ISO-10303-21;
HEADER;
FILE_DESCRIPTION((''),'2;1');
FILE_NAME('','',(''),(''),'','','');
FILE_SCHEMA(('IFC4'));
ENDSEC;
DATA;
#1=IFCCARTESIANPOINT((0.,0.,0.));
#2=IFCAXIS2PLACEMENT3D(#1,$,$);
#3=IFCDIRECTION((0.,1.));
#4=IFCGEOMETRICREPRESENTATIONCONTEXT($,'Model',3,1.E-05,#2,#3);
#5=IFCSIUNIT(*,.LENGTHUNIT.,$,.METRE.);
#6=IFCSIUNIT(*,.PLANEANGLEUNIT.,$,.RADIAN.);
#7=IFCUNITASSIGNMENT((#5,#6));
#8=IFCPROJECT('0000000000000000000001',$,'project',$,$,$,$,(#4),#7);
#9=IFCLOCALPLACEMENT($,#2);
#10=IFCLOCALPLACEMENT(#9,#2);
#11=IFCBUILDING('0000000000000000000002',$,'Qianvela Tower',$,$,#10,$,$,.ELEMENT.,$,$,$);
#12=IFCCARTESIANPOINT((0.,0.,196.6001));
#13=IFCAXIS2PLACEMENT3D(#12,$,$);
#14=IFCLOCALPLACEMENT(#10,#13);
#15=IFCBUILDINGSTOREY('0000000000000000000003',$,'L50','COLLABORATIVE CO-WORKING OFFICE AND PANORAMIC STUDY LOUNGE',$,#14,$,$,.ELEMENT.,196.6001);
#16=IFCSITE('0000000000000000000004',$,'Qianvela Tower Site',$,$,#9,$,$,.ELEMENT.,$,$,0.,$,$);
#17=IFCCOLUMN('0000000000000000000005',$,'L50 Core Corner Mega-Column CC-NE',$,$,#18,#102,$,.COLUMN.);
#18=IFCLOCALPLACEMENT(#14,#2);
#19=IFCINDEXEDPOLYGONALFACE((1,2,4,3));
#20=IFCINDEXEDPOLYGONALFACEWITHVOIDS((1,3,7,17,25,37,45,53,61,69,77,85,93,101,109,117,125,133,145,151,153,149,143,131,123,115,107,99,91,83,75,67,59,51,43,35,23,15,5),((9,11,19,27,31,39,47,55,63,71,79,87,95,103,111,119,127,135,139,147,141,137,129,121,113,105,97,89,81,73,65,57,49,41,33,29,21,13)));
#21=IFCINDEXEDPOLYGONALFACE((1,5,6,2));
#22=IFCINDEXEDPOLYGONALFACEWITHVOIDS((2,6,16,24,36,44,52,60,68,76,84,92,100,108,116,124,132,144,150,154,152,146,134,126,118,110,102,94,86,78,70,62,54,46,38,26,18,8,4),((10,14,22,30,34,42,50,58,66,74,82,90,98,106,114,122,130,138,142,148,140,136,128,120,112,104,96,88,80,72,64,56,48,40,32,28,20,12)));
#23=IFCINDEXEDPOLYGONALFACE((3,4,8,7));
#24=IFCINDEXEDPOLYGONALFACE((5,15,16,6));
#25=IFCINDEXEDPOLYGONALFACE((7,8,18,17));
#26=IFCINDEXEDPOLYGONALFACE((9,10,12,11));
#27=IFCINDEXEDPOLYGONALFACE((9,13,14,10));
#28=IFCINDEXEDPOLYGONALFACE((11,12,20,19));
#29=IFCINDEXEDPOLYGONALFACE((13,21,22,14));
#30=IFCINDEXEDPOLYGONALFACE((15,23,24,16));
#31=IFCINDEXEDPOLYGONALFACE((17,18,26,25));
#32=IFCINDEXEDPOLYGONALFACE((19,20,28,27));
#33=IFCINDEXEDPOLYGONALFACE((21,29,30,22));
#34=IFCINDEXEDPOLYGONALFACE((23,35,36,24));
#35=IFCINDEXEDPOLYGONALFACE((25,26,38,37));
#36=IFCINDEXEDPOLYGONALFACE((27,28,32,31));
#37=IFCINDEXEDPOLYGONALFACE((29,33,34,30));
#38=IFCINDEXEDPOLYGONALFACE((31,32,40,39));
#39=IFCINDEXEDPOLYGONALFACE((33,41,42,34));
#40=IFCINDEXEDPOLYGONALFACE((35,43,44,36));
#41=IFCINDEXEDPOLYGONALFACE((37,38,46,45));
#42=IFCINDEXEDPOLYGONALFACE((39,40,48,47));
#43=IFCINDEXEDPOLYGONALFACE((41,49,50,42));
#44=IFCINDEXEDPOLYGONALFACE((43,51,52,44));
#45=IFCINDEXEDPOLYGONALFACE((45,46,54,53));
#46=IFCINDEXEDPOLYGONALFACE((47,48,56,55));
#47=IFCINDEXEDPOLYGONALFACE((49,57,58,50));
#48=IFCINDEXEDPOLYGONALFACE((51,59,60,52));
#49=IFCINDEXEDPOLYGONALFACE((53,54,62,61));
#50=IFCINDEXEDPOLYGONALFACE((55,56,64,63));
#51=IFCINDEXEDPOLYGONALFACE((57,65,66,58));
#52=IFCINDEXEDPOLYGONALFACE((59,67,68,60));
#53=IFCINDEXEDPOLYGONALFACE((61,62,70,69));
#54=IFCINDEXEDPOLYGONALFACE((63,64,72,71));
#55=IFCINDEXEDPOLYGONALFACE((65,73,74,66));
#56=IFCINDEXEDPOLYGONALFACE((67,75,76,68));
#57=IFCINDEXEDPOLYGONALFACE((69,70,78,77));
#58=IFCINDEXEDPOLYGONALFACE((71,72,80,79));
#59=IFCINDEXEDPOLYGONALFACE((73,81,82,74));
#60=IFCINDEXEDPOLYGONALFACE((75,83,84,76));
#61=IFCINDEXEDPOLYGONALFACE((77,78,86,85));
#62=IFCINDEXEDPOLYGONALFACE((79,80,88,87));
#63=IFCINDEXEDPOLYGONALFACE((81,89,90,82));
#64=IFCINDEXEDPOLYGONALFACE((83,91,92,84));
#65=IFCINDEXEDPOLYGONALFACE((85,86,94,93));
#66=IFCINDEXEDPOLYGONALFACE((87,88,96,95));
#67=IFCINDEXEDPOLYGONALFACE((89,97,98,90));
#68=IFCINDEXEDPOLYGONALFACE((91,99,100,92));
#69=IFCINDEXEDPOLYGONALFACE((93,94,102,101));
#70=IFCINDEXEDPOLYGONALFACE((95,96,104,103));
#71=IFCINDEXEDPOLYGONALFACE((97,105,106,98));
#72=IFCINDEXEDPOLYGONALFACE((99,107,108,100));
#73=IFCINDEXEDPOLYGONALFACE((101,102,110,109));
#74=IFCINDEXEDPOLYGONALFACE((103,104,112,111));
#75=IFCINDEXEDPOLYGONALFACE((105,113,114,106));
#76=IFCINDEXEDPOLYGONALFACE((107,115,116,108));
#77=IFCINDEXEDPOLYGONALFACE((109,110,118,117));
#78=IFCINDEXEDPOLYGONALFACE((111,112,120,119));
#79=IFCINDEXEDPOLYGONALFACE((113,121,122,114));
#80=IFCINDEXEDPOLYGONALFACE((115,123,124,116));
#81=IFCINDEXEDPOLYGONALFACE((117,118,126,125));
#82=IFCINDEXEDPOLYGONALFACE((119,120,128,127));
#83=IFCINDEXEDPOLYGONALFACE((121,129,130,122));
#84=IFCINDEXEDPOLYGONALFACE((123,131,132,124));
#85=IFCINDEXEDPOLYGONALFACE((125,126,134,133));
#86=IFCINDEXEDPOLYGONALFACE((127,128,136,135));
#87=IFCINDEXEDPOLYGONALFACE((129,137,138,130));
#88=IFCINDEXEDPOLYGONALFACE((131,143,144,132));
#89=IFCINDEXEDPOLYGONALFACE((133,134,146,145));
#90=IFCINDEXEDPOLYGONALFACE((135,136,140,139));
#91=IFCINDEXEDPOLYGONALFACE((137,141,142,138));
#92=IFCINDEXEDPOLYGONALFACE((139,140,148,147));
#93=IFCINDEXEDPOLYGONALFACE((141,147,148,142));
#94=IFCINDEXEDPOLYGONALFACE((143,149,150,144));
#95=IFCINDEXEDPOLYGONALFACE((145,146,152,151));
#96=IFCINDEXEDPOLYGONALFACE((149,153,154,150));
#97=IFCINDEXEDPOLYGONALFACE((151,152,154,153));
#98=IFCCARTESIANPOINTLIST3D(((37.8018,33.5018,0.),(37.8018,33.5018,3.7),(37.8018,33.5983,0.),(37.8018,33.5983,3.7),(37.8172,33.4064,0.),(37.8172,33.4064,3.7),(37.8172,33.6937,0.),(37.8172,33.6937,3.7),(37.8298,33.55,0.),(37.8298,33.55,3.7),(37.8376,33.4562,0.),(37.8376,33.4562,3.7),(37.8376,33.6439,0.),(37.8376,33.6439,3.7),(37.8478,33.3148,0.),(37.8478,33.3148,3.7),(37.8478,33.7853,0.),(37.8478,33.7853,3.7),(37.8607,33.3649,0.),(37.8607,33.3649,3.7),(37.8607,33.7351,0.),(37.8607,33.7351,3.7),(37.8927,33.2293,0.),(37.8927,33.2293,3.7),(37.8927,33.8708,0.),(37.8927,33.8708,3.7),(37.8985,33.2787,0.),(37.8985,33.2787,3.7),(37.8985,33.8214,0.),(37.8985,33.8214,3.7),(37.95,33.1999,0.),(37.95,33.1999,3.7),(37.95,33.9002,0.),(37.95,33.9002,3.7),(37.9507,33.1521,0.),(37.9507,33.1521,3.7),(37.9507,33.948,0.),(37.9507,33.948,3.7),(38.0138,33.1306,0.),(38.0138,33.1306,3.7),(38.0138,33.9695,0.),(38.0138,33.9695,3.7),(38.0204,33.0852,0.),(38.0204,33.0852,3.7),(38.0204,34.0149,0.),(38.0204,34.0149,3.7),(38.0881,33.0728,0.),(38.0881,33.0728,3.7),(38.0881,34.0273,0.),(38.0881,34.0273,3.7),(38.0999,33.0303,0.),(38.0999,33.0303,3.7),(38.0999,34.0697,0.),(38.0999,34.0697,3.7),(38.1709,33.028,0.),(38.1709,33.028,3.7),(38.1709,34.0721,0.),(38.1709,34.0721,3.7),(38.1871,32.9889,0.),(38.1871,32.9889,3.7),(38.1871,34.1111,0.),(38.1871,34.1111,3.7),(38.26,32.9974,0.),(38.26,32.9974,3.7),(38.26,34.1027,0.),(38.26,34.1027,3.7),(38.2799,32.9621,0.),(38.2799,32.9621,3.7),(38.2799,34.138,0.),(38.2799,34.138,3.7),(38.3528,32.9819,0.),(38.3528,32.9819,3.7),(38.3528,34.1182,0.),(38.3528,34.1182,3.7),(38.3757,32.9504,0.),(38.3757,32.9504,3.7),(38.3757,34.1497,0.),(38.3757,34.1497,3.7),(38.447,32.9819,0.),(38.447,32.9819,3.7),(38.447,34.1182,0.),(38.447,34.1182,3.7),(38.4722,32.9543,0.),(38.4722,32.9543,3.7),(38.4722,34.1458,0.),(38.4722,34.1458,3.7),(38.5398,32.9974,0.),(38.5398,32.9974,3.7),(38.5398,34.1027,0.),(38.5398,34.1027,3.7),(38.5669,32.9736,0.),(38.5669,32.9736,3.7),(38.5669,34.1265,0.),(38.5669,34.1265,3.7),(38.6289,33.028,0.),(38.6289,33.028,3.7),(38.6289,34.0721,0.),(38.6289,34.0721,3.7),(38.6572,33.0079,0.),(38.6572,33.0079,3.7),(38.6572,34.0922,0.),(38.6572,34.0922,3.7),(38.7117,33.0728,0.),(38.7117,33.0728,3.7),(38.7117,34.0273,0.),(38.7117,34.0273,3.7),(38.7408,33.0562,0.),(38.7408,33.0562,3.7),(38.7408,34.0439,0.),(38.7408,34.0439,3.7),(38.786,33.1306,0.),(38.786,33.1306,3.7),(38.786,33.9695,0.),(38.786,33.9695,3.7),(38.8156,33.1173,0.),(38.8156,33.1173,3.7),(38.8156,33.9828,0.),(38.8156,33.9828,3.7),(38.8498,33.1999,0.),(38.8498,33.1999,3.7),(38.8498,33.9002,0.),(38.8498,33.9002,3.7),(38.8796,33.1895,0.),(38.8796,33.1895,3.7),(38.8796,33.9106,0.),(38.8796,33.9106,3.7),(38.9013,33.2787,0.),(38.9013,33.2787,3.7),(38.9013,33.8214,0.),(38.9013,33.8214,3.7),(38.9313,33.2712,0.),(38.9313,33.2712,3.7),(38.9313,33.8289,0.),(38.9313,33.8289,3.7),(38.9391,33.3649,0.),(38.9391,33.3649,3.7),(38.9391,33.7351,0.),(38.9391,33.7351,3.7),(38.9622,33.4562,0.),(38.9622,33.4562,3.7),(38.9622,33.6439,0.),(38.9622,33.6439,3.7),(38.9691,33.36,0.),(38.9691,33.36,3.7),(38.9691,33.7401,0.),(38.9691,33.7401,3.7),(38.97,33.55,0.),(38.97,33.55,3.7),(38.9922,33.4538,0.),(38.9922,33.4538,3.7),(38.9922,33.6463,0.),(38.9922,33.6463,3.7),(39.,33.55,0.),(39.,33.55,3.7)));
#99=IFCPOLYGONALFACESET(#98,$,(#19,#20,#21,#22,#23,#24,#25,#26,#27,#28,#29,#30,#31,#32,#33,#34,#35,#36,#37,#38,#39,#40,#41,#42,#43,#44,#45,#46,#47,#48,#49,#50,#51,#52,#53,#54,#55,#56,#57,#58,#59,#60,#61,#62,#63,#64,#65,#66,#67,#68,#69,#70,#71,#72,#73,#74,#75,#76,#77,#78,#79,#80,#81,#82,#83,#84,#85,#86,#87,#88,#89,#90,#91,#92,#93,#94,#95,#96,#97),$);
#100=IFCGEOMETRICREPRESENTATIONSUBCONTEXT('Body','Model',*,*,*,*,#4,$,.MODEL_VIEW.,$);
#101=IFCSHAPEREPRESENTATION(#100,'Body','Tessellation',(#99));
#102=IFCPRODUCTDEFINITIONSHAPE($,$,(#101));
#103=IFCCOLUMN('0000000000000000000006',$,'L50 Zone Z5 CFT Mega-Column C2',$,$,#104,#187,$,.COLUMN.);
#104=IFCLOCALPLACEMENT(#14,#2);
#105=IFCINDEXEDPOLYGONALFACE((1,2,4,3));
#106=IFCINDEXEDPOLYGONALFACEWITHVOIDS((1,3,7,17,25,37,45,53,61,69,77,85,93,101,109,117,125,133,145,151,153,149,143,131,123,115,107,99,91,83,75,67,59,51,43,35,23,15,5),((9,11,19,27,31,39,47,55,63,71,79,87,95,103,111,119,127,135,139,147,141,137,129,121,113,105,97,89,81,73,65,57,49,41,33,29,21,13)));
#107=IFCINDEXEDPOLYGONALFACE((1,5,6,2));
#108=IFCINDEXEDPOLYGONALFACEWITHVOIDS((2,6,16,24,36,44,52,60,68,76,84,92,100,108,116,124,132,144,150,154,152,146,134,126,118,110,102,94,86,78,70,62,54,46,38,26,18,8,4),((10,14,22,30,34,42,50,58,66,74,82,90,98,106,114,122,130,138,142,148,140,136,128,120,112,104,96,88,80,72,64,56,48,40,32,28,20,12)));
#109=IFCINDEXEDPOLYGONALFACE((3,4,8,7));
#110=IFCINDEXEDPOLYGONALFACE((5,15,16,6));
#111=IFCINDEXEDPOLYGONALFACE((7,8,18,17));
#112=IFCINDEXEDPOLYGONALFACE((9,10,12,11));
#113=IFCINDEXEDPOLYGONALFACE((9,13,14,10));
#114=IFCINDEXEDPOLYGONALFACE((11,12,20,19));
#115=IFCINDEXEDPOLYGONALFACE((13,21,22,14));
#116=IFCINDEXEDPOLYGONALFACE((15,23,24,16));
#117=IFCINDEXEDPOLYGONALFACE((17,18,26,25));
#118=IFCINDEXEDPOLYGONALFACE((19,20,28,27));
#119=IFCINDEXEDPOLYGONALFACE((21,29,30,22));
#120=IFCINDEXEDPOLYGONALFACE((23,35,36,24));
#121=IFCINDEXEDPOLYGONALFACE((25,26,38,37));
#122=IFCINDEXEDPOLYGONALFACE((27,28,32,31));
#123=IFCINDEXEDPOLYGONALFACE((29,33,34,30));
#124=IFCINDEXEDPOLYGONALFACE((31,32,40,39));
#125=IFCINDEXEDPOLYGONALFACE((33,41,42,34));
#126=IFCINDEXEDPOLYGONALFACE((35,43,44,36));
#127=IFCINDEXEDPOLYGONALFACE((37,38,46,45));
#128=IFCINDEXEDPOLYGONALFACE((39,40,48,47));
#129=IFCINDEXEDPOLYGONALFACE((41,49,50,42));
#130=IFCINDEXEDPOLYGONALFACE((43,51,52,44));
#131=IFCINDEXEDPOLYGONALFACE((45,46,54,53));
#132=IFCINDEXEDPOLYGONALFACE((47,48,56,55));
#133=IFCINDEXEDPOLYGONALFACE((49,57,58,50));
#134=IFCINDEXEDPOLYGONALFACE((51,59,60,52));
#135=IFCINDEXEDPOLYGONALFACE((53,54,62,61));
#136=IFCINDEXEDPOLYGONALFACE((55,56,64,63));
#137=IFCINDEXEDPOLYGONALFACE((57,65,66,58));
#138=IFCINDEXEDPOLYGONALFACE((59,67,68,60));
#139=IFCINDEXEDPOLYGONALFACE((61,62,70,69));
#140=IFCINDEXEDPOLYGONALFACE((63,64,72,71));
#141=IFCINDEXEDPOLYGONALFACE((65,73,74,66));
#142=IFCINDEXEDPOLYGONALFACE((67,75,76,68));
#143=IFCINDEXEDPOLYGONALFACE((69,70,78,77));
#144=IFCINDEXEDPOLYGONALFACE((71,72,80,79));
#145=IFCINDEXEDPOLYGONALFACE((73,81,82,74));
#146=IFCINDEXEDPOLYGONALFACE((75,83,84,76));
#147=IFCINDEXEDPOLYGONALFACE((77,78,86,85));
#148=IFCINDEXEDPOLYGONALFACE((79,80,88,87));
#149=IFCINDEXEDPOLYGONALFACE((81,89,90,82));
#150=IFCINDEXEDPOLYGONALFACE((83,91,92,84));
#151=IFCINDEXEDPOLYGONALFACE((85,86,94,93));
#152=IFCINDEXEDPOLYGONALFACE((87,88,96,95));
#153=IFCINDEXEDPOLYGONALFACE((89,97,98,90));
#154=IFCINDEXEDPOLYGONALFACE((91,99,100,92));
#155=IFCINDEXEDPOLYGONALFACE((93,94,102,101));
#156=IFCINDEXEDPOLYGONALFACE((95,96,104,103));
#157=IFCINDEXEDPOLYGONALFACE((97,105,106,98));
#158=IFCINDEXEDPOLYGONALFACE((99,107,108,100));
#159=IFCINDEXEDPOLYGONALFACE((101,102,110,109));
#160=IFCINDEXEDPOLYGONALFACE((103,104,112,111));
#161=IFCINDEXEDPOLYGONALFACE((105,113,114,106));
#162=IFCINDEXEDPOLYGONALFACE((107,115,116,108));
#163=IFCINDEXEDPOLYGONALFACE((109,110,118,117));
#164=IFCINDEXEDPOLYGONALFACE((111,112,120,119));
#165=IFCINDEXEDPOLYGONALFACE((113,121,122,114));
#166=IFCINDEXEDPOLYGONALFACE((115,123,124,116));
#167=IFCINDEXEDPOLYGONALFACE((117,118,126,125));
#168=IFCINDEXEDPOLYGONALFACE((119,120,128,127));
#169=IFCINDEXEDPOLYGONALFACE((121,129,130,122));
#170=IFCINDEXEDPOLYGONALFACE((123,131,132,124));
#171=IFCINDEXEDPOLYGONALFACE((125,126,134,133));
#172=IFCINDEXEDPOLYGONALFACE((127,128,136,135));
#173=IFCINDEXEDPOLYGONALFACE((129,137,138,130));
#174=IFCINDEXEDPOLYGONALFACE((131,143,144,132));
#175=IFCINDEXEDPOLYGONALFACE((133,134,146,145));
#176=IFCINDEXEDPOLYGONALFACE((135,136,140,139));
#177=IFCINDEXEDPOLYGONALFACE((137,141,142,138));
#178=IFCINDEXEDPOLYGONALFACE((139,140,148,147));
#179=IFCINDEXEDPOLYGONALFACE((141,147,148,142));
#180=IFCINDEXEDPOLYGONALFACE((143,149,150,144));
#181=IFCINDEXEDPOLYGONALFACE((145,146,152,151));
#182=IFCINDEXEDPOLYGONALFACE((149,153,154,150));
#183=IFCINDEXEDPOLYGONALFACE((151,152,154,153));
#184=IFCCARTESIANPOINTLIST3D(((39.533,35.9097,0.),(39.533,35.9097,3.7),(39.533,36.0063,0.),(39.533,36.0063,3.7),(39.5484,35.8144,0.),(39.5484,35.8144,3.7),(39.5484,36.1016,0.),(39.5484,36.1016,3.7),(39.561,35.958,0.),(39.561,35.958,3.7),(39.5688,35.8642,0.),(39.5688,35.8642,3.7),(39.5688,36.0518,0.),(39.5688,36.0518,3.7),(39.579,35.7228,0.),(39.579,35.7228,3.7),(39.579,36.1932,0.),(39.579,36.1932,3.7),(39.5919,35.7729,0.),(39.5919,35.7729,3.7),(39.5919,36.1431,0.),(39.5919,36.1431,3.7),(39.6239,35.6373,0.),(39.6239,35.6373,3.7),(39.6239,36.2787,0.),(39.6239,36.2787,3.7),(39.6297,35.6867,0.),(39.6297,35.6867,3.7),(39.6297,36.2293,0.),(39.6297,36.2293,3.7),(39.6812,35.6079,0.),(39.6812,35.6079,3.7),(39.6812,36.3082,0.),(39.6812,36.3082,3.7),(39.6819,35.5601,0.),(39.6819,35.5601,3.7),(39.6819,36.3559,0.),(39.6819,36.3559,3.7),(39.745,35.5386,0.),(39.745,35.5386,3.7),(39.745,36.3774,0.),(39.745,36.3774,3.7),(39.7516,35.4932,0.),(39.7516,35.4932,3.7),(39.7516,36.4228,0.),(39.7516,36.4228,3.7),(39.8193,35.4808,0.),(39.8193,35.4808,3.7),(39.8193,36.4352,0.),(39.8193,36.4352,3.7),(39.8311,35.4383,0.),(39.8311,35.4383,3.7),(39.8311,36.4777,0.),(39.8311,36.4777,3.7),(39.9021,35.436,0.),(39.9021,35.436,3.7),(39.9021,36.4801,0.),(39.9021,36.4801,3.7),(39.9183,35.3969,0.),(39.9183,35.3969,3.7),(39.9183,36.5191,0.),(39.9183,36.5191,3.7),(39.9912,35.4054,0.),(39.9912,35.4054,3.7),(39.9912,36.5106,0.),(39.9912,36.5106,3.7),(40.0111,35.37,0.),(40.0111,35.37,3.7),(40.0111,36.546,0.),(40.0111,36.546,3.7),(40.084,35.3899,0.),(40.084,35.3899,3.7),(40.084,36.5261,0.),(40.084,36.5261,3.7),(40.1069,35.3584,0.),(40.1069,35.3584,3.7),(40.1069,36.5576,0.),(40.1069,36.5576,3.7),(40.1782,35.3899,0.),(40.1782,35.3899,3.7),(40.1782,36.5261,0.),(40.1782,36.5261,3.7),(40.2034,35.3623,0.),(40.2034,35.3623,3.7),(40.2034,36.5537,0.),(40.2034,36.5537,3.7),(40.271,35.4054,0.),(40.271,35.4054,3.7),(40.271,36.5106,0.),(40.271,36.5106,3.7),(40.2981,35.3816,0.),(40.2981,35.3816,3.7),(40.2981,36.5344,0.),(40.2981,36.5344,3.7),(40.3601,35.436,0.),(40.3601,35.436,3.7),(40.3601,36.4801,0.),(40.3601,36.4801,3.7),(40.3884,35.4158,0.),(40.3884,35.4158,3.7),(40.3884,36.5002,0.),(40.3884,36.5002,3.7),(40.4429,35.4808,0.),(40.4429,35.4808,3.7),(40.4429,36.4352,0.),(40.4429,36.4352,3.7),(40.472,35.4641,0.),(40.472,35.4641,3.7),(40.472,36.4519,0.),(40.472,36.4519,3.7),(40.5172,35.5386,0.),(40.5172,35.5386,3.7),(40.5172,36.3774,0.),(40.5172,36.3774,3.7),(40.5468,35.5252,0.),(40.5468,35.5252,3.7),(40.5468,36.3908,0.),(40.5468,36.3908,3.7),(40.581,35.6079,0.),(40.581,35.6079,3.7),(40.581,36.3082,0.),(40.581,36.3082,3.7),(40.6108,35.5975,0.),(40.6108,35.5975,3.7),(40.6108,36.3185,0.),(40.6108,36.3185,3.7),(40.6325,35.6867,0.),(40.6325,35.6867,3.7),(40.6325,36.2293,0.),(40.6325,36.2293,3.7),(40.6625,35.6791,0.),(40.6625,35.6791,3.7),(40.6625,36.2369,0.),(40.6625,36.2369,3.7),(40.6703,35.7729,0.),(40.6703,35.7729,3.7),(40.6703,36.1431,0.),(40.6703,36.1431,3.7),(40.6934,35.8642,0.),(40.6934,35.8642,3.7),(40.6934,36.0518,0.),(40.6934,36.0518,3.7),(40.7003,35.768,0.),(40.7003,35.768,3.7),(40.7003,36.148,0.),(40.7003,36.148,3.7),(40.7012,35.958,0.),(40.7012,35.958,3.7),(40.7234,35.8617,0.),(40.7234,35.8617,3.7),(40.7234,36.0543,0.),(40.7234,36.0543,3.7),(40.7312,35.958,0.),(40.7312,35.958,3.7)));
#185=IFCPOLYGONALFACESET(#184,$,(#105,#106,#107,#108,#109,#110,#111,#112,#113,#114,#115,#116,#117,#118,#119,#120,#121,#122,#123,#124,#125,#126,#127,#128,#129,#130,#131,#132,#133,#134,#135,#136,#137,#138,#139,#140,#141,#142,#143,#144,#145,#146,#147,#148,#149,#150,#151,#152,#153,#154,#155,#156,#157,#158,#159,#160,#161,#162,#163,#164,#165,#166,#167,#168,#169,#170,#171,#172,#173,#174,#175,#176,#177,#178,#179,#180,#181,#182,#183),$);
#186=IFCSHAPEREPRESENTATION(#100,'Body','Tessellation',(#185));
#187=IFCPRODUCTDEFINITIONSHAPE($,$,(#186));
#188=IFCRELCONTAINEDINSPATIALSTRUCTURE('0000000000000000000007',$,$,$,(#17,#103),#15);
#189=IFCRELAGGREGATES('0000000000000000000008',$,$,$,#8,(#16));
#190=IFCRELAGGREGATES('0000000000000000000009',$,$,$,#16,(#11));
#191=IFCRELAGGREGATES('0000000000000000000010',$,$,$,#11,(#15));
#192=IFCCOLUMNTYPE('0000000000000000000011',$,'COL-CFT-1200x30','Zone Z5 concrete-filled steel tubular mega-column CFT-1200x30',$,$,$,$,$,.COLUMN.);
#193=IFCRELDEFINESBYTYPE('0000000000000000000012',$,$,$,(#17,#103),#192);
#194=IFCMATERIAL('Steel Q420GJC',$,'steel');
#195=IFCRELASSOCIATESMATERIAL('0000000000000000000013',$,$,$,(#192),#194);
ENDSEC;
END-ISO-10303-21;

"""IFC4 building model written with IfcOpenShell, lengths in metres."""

from ifc_helpers import new_model, si_unit, direction, frame, origin, origin_2d, place, context, subcontext, project, spatial, hollow_circle, extrude, material, material_profile, profile_set, type_object, element, save


model = new_model("IFC4")

# Units and contexts
model_context = context("Model", 3, precision=1e-05, world=origin(), true_north=direction((0.0, 1.0)))
body_context = subcontext(model_context, "Body", "Model", "MODEL_VIEW")
ifc_project = project(units=[si_unit("LENGTHUNIT", "METRE"), si_unit("PLANEANGLEUNIT", "RADIAN")], contexts=[model_context])

# Site, building, storey
site_placement = place(None, origin())
site = spatial("IfcSite", under=ifc_project, at=site_placement, Name="Qianvela Tower Site", CompositionType="ELEMENT", RefElevation=0.0)
building_placement = place(site_placement, origin())
building = spatial("IfcBuilding", under=site, at=building_placement, Name="Qianvela Tower", CompositionType="ELEMENT")
storey_placement = place(building_placement, frame((0.0, 0.0, 196.6001)))
storey = spatial("IfcBuildingStorey", under=building, at=storey_placement, Name="L50", Description="COLLABORATIVE CO-WORKING OFFICE AND PANORAMIC STUDY LOUNGE", CompositionType="ELEMENT", Elevation=196.6001)

# Columns
ifc_material_1 = material(Name="Steel Q420GJC", Category="steel")
ifc_material_profile_1 = material_profile(ifc_material_1, hollow_circle(Radius=0.6001, WallThickness=0.03, at=origin_2d()), Name="CFT-1200x30")
ifc_profile_set_1 = profile_set([ifc_material_profile_1], Name="Steel Q420GJC")
column_type = type_object("IfcColumnType", Name="COL-CFT-1200x30", Description="Zone Z5 concrete-filled steel tubular mega-column CFT-1200x30", PredefinedType="COLUMN", material=ifc_profile_set_1)
for number, where, z_axis, x_axis, name in (
    (1, (38.3999, 33.55, 0.0), (0.0, 0.0, 1.0), (1.0, 0.0, 0.0), "L50 Core Corner Mega-Column CC-NE"),
    (2, (40.1311, 35.958, 0.0), (0.0, 0.0, 1.0), (1.0, 0.0, 0.0), "L50 Zone Z5 CFT Mega-Column C2"),
):
    element("IfcColumn", number, at=place(storey_placement, frame(where, z_axis=z_axis, x_axis=x_axis)), inside=storey, type_object=column_type, Name=name, PredefinedType="COLUMN", context=body_context, shape_type="SweptSolid", body=[
        extrude(hollow_circle(Radius=0.6001, WallThickness=0.03, at=origin_2d()), origin(), (0.0, 0.0, 1.0), 3.7),
    ])

save(model, "model.ifc")
